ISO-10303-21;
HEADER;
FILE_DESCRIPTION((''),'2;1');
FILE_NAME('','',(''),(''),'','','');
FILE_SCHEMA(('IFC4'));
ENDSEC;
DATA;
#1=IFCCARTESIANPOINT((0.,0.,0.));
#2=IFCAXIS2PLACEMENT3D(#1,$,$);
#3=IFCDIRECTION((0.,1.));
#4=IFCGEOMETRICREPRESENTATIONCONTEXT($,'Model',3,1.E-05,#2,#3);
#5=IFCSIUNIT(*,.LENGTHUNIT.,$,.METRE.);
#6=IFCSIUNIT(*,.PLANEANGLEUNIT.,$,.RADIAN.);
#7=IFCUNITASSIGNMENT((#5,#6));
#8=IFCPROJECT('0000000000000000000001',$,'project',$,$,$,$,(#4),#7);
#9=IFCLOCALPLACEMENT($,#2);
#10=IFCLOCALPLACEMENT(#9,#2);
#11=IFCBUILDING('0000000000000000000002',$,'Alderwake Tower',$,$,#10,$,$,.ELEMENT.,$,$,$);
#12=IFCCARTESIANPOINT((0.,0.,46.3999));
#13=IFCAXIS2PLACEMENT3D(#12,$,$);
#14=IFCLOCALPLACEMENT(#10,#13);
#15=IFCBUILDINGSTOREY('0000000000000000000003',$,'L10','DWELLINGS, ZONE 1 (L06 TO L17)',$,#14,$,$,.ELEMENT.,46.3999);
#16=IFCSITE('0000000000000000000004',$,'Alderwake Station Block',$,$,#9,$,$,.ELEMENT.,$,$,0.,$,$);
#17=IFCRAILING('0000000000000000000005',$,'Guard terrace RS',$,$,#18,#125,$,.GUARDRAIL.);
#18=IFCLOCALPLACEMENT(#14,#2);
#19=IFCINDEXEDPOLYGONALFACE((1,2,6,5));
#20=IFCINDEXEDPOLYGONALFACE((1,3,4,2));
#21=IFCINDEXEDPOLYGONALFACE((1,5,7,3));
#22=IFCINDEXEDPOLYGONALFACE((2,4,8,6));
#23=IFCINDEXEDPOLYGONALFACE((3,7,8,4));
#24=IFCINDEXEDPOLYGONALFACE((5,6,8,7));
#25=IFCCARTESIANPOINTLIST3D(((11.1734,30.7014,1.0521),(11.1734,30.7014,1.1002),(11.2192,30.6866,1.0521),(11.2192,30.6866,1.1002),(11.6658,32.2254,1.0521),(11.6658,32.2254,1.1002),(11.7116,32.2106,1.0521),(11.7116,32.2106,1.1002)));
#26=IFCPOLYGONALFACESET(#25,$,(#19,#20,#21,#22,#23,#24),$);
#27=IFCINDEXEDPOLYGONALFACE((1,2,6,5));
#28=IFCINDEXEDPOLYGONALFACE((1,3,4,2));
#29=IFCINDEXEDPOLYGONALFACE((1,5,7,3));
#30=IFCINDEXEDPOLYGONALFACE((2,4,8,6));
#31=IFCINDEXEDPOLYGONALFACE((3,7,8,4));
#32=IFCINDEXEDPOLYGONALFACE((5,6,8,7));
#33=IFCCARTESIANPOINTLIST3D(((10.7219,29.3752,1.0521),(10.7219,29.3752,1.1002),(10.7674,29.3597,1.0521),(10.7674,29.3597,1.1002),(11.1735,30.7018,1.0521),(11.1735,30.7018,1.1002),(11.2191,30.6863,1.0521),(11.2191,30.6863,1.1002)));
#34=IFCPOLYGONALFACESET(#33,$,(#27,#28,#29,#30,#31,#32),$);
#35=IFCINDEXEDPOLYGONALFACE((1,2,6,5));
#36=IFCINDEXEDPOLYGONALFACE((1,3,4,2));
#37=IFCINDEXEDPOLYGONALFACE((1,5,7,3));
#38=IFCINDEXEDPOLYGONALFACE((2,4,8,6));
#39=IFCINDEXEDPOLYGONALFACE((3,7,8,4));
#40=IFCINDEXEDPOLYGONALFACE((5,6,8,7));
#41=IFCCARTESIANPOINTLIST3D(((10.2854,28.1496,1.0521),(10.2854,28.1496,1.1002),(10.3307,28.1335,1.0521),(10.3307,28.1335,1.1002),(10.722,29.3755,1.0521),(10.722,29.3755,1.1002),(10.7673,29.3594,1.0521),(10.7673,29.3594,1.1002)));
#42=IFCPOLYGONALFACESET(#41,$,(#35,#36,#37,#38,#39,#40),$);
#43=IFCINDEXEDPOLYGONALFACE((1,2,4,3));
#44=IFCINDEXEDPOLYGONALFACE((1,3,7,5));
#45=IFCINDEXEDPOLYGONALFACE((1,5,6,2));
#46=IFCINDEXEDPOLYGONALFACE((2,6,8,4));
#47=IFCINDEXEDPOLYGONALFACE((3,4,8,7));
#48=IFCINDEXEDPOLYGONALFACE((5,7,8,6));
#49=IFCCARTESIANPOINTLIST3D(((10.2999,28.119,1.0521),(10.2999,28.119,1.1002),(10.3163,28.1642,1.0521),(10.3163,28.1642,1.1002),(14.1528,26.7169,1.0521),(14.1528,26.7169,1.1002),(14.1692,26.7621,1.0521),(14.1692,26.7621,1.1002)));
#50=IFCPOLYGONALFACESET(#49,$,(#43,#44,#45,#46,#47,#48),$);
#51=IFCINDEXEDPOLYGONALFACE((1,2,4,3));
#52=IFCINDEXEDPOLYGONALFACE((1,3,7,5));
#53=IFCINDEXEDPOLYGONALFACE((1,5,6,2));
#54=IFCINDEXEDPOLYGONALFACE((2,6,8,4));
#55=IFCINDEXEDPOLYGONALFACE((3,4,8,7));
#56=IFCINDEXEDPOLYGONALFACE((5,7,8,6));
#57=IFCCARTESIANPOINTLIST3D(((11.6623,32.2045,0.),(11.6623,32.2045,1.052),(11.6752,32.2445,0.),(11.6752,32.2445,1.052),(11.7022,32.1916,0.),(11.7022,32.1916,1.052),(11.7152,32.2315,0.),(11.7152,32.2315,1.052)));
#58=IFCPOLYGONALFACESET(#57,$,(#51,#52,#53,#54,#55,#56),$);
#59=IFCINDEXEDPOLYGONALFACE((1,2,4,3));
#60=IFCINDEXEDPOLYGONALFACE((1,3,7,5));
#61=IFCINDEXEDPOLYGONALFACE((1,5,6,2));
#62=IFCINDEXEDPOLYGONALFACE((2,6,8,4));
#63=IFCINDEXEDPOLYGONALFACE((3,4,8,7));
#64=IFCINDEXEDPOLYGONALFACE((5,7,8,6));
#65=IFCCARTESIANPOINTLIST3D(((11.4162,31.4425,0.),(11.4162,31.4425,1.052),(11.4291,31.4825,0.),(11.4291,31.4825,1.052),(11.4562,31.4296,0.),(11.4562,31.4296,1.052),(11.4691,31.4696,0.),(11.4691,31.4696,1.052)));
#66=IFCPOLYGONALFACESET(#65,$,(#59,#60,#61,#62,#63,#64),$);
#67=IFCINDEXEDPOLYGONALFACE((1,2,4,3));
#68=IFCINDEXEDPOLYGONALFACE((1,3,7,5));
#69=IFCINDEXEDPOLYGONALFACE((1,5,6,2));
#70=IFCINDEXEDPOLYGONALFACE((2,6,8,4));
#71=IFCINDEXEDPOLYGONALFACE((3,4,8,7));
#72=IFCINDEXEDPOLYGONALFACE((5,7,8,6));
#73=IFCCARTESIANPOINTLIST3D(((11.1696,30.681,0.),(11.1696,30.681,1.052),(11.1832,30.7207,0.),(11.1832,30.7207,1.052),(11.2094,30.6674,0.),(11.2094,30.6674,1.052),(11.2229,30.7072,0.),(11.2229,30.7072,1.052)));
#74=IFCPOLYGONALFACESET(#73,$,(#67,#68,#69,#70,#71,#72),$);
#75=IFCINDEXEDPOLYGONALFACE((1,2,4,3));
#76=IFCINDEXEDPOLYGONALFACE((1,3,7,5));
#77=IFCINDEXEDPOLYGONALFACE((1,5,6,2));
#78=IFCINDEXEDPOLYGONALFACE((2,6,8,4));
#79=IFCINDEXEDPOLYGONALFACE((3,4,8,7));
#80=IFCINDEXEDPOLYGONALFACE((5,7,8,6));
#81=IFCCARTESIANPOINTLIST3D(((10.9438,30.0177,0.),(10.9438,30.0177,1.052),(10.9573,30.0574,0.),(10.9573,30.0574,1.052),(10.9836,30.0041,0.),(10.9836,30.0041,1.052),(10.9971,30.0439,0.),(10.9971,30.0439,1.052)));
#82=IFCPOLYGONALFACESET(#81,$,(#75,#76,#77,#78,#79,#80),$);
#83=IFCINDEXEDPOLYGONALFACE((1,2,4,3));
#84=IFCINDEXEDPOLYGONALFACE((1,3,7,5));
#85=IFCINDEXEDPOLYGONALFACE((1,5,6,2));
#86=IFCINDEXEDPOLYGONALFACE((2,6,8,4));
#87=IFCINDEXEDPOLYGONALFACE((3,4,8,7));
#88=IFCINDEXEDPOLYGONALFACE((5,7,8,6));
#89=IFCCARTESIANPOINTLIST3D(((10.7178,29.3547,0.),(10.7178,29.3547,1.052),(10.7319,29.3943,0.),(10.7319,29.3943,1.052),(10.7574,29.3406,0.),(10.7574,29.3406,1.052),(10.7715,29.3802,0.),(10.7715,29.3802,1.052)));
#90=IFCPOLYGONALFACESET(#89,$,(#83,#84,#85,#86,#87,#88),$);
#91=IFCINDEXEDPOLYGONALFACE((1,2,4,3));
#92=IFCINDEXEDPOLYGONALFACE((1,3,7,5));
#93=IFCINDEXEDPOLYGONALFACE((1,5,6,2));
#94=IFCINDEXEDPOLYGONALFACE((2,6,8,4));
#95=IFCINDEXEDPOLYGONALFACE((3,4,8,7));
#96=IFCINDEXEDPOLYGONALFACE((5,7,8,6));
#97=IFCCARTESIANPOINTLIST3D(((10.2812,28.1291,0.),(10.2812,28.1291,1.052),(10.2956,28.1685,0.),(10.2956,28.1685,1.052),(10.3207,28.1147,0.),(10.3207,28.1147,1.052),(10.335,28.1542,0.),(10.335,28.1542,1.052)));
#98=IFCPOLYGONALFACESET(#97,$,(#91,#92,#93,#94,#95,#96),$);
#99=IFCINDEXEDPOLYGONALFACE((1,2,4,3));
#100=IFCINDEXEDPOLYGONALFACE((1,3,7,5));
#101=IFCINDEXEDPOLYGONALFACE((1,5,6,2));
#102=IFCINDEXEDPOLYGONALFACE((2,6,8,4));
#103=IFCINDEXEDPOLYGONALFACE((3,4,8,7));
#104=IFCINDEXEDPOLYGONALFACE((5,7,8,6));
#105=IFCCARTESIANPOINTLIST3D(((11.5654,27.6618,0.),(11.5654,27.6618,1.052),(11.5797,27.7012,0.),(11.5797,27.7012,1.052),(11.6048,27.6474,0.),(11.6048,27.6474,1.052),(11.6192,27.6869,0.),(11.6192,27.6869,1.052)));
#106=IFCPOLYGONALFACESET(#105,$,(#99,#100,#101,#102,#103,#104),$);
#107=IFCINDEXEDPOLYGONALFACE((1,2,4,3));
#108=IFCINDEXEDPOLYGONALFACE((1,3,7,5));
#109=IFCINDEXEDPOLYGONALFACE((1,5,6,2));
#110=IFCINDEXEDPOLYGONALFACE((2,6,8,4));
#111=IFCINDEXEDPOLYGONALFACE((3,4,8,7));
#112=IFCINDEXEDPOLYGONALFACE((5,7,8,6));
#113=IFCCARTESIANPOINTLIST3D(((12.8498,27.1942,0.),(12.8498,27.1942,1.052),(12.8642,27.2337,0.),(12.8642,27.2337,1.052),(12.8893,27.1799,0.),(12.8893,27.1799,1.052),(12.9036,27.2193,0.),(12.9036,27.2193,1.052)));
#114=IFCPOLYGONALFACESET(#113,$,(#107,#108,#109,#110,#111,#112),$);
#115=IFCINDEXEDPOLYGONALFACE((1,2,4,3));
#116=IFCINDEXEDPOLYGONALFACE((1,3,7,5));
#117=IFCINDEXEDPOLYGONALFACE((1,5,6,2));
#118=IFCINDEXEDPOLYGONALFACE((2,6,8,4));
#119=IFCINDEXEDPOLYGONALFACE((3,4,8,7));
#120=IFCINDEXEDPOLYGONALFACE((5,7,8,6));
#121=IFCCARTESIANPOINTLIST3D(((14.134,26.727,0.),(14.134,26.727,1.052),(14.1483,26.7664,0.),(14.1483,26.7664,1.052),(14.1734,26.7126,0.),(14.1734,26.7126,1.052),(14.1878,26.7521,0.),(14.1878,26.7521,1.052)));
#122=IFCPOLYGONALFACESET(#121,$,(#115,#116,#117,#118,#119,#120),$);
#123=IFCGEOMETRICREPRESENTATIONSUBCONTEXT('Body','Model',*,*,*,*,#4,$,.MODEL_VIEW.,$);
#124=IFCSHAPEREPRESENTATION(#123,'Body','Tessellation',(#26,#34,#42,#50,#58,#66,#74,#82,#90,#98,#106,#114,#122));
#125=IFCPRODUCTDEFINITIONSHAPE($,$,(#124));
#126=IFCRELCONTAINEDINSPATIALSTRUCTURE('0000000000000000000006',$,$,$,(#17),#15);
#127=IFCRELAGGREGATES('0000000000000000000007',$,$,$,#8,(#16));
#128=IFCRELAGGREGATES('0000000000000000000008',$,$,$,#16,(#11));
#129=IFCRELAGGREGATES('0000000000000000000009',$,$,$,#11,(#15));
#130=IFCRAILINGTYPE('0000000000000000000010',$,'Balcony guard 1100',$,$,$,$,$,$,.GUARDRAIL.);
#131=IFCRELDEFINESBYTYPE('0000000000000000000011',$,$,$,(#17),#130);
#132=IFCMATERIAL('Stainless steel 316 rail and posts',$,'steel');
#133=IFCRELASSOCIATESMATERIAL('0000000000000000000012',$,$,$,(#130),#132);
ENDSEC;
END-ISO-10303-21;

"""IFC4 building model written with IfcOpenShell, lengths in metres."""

from ifc_helpers import new_model, si_unit, direction, frame, origin, origin_2d, place, context, subcontext, project, spatial, rectangle, extrude, material, type_object, element, save


model = new_model("IFC4")

# Units and contexts
model_context = context("Model", 3, precision=1e-05, world=origin(), true_north=direction((0.0, 1.0)))
body_context = subcontext(model_context, "Body", "Model", "MODEL_VIEW")
ifc_project = project(units=[si_unit("LENGTHUNIT", "METRE"), si_unit("PLANEANGLEUNIT", "RADIAN")], contexts=[model_context])

# Site, building, storey
site_placement = place(None, origin())
site = spatial("IfcSite", under=ifc_project, at=site_placement, Name="Alderwake Station Block", CompositionType="ELEMENT", RefElevation=0.0)
building_placement = place(site_placement, origin())
building = spatial("IfcBuilding", under=site, at=building_placement, Name="Alderwake Tower", CompositionType="ELEMENT")
storey_placement = place(building_placement, frame((0.0, 0.0, 46.3999)))
storey = spatial("IfcBuildingStorey", under=building, at=storey_placement, Name="L10", Description="DWELLINGS, ZONE 1 (L06 TO L17)", CompositionType="ELEMENT", Elevation=46.3999)

# Railing
ifc_material_1 = material(Name="Stainless steel 316 rail and posts", Category="steel")
railing_type = type_object("IfcRailingType", Name="Balcony guard 1100", PredefinedType="GUARDRAIL", material=ifc_material_1)
railing_1_placement = place(storey_placement, frame((11.6887, 32.218, 0.0)))
element("IfcRailing", 1, at=railing_1_placement, inside=storey, type_object=railing_type, Name="Guard terrace RS", PredefinedType="GUARDRAIL", context=body_context, shape_type="SweptSolid", body=[
    extrude(rectangle(XDim=0.0481, YDim=0.0481, at=origin_2d()), frame((0.0, 0.0, 1.0762), z_axis=(-0.307479, -0.951555, 0.0), x_axis=(0.951555, -0.307479, 0.0)), (0.0, 0.0, 1.0), 1.6016),
    extrude(rectangle(XDim=0.0481, YDim=0.0481, at=origin_2d()), frame((-0.4924, -1.5239, 1.0762), z_axis=(-0.322284, -0.946643, 0.0), x_axis=(0.946643, -0.322284, 0.0)), (0.0, 0.0, 1.0), 1.4014),
    extrude(rectangle(XDim=0.0481, YDim=0.0481, at=origin_2d()), frame((-0.9441, -2.8506, 1.0762), z_axis=(-0.335469, -0.942051, 0.0), x_axis=(0.942051, -0.335469, 0.0)), (0.0, 0.0, 1.0), 1.3013),
    extrude(rectangle(XDim=0.0481, YDim=0.0481, at=origin_2d()), frame((-1.3806, -4.0764, 1.0762), z_axis=(0.939708, -0.341977, 0.0), x_axis=(0.341977, 0.939708, 0.0)), (0.0, 0.0, 1.0), 4.1001),
    extrude(rectangle(XDim=0.042, YDim=0.042, at=origin_2d()), frame((0.0, 0.0, 0.0), z_axis=(0.0, 0.0, 1.0), x_axis=(-0.307479, -0.951555, 0.0)), (0.0, 0.0, 1.0), 1.052),
    extrude(rectangle(XDim=0.042, YDim=0.042, at=origin_2d()), frame((-0.2461, -0.762, 0.0), z_axis=(0.0, 0.0, 1.0), x_axis=(-0.307479, -0.951555, 0.0)), (0.0, 0.0, 1.0), 1.052),
    extrude(rectangle(XDim=0.042, YDim=0.042, at=origin_2d()), frame((-0.4924, -1.5239, 0.0), z_axis=(0.0, 0.0, 1.0), x_axis=(-0.322284, -0.946643, 0.0)), (0.0, 0.0, 1.0), 1.052),
    extrude(rectangle(XDim=0.042, YDim=0.042, at=origin_2d()), frame((-0.7183, -2.1873, 0.0), z_axis=(0.0, 0.0, 1.0), x_axis=(-0.322284, -0.946643, 0.0)), (0.0, 0.0, 1.0), 1.052),
    extrude(rectangle(XDim=0.042, YDim=0.042, at=origin_2d()), frame((-0.9441, -2.8506, 0.0), z_axis=(0.0, 0.0, 1.0), x_axis=(-0.335469, -0.942051, 0.0)), (0.0, 0.0, 1.0), 1.052),
    extrude(rectangle(XDim=0.042, YDim=0.042, at=origin_2d()), frame((-1.3806, -4.0764, 0.0), z_axis=(0.0, 0.0, 1.0), x_axis=(0.939708, -0.341977, 0.0)), (0.0, 0.0, 1.0), 1.052),
    extrude(rectangle(XDim=0.042, YDim=0.042, at=origin_2d()), frame((-0.0964, -4.5437, 0.0), z_axis=(0.0, 0.0, 1.0), x_axis=(0.939708, -0.341977, 0.0)), (0.0, 0.0, 1.0), 1.052),
    extrude(rectangle(XDim=0.042, YDim=0.042, at=origin_2d()), frame((1.188, -5.0112, 0.0), z_axis=(0.0, 0.0, 1.0), x_axis=(0.939708, -0.341977, 0.0)), (0.0, 0.0, 1.0), 1.052),
    extrude(rectangle(XDim=0.042, YDim=0.042, at=origin_2d()), frame((2.4722, -5.4785, 0.0), z_axis=(0.0, 0.0, 1.0), x_axis=(0.939708, -0.341977, 0.0)), (0.0, 0.0, 1.0), 1.052),
])

save(model, "model.ifc")
